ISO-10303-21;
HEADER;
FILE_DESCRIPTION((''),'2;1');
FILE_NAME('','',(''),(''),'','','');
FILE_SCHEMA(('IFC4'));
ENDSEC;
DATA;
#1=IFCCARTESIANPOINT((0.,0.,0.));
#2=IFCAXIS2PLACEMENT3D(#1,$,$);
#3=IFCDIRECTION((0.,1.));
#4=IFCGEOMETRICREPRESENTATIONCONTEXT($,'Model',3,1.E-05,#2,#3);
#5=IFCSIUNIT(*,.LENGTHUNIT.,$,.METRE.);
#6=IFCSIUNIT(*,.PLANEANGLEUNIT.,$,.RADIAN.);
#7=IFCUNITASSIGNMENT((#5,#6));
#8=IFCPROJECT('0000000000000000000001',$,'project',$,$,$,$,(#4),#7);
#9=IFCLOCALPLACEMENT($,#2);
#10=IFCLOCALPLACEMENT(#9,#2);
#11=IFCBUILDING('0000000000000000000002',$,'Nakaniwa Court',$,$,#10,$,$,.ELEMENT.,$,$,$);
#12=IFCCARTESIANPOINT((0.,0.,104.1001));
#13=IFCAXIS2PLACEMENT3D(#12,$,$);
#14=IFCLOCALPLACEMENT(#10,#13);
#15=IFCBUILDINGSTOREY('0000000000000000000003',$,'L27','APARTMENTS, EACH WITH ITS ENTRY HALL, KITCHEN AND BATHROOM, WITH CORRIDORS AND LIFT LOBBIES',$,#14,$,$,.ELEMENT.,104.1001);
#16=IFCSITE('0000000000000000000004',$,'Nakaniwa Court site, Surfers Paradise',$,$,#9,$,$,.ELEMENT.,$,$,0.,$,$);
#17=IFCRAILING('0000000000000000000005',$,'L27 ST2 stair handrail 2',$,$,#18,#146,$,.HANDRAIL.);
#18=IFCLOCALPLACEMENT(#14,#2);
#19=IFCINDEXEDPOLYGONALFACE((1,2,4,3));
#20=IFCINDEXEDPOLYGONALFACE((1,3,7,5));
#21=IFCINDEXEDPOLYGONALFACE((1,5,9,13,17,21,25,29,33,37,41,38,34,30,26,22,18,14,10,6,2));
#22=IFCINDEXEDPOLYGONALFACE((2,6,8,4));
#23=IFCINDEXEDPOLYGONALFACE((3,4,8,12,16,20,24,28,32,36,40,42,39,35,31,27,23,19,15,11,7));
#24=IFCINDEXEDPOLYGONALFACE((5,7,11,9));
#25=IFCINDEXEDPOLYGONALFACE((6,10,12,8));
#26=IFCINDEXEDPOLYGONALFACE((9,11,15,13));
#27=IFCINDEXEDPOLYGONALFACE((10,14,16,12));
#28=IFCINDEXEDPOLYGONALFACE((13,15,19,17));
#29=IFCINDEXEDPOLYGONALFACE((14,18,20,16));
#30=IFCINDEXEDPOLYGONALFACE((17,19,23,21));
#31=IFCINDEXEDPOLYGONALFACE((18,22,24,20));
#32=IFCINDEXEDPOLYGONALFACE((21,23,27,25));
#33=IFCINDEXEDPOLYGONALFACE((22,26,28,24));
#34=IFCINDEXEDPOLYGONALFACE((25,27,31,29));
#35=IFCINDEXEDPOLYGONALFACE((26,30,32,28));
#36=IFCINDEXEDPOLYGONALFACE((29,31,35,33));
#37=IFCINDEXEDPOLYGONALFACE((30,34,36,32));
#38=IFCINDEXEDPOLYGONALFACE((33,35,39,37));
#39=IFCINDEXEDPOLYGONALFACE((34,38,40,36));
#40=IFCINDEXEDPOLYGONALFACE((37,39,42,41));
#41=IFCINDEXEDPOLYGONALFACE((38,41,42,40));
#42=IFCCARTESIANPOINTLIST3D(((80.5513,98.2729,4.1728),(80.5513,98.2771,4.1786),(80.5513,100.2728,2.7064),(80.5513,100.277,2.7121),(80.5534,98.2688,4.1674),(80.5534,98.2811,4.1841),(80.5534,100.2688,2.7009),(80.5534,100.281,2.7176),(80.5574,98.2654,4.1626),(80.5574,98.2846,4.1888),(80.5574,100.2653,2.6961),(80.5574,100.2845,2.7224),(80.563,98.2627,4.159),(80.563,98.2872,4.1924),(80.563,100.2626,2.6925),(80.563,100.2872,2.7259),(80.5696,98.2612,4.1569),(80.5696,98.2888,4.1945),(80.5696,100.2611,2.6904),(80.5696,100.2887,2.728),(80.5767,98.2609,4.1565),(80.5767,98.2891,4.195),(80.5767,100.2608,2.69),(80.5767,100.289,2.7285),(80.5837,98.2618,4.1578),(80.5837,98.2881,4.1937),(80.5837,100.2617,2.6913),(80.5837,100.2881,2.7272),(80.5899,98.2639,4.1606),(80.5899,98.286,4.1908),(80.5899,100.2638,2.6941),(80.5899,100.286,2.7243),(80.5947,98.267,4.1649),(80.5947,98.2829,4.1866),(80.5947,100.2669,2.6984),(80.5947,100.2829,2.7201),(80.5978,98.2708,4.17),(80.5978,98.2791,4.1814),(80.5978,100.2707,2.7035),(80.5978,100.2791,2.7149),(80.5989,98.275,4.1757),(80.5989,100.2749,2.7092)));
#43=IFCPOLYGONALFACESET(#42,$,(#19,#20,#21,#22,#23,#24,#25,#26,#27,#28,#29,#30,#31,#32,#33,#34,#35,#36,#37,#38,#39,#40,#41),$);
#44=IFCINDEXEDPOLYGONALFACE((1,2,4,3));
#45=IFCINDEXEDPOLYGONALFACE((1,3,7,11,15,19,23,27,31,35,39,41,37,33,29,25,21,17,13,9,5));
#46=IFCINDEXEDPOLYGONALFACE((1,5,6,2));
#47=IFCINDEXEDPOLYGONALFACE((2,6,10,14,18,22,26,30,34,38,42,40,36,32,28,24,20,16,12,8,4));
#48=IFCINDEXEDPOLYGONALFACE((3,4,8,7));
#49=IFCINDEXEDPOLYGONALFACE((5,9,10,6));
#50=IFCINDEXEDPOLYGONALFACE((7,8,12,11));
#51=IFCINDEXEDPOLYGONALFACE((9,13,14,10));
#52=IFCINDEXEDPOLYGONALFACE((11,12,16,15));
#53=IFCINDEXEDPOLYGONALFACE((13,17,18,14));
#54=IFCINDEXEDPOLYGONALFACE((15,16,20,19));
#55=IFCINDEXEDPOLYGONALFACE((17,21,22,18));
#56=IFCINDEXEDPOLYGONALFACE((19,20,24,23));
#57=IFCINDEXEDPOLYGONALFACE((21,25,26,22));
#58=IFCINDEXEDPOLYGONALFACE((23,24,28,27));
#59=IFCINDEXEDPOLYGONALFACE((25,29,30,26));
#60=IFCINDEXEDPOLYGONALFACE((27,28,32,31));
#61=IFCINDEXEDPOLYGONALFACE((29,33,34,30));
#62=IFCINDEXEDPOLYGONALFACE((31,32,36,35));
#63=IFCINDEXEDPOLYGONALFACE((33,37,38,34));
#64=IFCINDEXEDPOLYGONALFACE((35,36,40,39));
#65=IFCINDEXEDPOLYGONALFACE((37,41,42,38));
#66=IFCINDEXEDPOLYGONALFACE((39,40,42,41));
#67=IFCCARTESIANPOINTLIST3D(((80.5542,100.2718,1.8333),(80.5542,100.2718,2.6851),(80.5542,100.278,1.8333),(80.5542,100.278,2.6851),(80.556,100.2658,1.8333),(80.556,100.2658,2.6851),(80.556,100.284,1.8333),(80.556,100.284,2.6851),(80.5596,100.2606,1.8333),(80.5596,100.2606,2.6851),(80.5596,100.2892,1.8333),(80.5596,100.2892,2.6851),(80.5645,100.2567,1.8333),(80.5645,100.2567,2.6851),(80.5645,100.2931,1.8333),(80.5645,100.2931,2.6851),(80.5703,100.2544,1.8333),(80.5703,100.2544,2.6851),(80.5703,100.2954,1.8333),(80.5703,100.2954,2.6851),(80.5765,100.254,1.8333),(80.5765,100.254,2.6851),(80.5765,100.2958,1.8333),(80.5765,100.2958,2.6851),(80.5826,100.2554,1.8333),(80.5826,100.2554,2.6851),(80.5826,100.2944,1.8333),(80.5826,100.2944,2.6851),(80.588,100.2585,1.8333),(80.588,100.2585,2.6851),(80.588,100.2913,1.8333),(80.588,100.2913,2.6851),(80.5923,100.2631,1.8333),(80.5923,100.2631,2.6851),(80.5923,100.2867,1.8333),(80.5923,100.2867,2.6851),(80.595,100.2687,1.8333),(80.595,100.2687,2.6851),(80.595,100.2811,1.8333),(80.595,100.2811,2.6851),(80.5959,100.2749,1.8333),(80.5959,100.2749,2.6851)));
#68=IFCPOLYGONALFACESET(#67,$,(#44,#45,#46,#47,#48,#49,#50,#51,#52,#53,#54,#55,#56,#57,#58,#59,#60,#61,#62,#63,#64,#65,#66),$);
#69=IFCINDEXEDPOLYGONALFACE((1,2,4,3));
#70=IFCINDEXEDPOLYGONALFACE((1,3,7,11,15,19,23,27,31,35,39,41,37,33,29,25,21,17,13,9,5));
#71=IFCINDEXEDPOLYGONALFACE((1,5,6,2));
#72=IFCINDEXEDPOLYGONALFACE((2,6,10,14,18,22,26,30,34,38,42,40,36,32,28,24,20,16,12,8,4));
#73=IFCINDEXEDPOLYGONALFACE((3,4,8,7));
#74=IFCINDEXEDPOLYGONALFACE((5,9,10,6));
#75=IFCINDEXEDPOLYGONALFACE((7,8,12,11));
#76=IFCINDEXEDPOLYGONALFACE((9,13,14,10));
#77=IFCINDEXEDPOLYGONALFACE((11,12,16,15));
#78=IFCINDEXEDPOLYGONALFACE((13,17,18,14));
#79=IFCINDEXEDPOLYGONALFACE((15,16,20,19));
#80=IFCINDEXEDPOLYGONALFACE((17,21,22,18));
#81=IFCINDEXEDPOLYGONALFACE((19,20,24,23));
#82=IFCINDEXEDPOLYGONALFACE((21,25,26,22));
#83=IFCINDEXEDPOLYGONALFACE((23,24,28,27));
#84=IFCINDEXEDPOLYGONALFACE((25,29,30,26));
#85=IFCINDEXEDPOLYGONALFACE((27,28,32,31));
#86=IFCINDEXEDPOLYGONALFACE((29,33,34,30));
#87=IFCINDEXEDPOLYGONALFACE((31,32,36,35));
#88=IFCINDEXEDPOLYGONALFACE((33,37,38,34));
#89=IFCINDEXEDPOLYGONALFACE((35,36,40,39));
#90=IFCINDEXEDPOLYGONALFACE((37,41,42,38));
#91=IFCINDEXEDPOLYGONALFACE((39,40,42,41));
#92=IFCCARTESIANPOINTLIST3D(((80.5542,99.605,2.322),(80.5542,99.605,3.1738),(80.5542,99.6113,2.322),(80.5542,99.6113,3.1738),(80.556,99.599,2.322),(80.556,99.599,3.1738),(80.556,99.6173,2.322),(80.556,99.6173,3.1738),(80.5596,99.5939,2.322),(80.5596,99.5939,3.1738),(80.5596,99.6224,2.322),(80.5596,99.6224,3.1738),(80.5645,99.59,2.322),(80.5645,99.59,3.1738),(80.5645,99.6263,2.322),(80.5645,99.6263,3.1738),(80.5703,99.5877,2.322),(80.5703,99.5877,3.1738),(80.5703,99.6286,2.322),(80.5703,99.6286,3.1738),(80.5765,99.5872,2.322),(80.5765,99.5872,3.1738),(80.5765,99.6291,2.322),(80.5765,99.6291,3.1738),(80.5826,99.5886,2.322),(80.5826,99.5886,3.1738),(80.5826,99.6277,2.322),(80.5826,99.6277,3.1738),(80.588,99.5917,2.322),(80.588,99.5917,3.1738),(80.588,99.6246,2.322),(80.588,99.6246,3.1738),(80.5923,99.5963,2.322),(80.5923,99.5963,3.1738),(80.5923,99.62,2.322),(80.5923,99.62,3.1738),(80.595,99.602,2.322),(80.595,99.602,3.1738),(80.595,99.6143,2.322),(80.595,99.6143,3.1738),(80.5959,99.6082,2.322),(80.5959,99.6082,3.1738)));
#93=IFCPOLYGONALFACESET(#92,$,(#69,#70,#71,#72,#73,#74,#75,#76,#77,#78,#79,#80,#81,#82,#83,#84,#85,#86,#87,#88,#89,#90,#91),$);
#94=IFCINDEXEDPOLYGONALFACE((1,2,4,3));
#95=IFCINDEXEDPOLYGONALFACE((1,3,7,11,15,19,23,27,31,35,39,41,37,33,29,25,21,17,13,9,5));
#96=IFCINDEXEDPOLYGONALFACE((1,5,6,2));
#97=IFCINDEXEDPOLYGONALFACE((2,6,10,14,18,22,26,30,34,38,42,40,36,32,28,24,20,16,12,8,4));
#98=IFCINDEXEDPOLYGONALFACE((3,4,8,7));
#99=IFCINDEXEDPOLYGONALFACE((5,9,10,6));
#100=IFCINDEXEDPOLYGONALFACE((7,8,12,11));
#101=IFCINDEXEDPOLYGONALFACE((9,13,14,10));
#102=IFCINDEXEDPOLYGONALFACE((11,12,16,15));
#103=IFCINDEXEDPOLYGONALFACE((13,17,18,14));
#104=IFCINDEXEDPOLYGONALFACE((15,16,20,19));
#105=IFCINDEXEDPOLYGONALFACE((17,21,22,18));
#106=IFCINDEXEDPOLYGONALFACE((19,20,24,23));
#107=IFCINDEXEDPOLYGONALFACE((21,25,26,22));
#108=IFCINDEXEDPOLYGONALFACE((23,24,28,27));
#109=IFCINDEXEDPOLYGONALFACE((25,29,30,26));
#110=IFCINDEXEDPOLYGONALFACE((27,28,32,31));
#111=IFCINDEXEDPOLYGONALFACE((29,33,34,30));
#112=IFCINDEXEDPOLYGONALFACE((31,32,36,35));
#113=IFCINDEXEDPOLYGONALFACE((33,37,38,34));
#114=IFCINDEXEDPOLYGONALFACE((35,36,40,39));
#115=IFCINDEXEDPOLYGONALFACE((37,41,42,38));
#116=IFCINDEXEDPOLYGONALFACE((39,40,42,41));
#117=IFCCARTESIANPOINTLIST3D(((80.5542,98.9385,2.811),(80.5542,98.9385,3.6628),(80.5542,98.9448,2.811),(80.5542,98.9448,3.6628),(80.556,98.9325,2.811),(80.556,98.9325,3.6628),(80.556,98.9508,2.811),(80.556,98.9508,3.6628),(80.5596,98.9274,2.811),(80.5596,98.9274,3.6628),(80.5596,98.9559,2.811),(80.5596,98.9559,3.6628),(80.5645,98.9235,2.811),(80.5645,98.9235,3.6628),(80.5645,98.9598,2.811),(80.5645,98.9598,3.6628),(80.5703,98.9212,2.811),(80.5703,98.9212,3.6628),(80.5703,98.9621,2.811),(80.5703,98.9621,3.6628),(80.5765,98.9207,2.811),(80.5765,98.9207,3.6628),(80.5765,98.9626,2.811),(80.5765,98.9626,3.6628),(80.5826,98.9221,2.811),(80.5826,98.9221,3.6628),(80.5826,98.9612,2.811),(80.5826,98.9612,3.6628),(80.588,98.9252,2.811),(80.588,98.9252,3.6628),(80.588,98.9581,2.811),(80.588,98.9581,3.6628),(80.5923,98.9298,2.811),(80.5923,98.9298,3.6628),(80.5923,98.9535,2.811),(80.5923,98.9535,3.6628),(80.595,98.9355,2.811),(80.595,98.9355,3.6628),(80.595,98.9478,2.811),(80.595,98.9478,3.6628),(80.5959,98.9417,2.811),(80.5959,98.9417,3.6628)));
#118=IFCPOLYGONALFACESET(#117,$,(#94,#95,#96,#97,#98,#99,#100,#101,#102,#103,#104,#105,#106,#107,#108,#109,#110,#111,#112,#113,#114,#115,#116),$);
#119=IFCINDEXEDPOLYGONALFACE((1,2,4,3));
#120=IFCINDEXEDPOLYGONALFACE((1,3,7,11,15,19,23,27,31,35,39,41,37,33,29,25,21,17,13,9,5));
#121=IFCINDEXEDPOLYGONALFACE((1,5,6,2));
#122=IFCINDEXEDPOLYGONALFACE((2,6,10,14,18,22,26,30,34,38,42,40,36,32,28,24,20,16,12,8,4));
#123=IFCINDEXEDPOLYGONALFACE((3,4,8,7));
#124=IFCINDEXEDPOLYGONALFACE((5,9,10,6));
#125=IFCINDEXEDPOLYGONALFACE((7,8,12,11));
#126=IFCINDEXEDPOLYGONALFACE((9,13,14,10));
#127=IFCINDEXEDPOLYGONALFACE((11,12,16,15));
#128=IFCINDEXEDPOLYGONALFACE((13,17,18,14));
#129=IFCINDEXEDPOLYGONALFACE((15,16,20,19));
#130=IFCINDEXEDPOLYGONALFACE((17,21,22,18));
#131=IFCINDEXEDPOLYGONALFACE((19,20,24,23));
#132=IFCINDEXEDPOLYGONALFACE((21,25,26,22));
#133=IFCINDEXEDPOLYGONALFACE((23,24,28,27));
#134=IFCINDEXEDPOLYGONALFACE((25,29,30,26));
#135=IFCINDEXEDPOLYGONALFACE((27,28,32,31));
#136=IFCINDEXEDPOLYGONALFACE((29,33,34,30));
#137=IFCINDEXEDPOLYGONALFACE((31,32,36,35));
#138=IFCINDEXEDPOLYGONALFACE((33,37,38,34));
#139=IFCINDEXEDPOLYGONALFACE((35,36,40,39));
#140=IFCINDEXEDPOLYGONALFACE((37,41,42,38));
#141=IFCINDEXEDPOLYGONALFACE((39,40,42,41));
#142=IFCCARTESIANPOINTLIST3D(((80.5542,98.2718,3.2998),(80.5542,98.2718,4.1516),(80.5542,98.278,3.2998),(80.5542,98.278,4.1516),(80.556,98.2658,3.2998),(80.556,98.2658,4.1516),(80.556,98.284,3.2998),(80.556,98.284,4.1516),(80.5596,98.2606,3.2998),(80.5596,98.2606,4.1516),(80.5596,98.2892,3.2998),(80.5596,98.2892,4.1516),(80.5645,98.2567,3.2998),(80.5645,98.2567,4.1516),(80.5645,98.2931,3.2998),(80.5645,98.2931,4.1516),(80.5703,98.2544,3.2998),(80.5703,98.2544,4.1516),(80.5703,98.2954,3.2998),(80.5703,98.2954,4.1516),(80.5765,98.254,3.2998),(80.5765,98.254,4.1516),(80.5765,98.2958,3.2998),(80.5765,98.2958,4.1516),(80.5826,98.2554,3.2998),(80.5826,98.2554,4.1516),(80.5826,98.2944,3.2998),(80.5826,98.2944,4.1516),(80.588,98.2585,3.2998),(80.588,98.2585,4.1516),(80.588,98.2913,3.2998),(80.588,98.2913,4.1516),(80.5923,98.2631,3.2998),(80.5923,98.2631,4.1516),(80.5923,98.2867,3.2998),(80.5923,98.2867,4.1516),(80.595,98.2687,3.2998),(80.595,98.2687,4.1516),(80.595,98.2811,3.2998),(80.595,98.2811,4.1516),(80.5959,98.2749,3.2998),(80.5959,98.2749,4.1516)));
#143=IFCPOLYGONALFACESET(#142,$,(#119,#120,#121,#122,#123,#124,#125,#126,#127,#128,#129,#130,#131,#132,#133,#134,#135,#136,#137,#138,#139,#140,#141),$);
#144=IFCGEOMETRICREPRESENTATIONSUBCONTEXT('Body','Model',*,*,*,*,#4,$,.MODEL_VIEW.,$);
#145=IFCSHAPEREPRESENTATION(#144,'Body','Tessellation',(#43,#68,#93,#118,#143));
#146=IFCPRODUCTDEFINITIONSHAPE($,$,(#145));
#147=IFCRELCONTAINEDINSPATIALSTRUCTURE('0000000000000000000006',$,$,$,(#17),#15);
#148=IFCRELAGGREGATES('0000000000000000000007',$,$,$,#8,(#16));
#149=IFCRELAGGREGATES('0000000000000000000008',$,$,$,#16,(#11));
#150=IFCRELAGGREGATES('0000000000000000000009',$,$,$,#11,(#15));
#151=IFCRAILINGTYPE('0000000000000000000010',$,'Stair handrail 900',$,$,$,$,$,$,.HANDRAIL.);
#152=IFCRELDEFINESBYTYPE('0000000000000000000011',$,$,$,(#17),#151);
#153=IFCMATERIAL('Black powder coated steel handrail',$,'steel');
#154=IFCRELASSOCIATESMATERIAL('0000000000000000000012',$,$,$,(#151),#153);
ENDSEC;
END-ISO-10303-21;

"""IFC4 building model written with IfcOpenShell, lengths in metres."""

from ifc_helpers import new_model, si_unit, direction, frame, origin, origin_2d, place, context, subcontext, project, spatial, circle, extrude, material, type_object, element, save


model = new_model("IFC4")

# Units and contexts
model_context = context("Model", 3, precision=1e-05, world=origin(), true_north=direction((0.0, 1.0)))
body_context = subcontext(model_context, "Body", "Model", "MODEL_VIEW")
ifc_project = project(units=[si_unit("LENGTHUNIT", "METRE"), si_unit("PLANEANGLEUNIT", "RADIAN")], contexts=[model_context])

# Site, building, storey
site_placement = place(None, origin())
site = spatial("IfcSite", under=ifc_project, at=site_placement, Name="Nakaniwa Court site, Surfers Paradise", CompositionType="ELEMENT", RefElevation=0.0)
building_placement = place(site_placement, origin())
building = spatial("IfcBuilding", under=site, at=building_placement, Name="Nakaniwa Court", CompositionType="ELEMENT")
storey_placement = place(building_placement, frame((0.0, 0.0, 104.1001)))
storey = spatial("IfcBuildingStorey", under=building, at=storey_placement, Name="L27", Description="APARTMENTS, EACH WITH ITS ENTRY HALL, KITCHEN AND BATHROOM, WITH CORRIDORS AND LIFT LOBBIES", CompositionType="ELEMENT", Elevation=104.1001)

# Railing
ifc_material_1 = material(Name="Black powder coated steel handrail", Category="steel")
railing_type_1 = type_object("IfcRailingType", Name="Stair handrail 900", PredefinedType="HANDRAIL", material=ifc_material_1)
railing_1_placement = place(storey_placement, frame((80.575, 100.2749, 1.8333)))
element("IfcRailing", 1, at=railing_1_placement, inside=storey, type_object=railing_type_1, Name="L27 ST2 stair handrail 2", PredefinedType="HANDRAIL", context=body_context, shape_type="SweptSolid", body=[
    extrude(circle(Radius=0.0239, at=origin_2d()), frame((0.0, 0.0, 0.876), z_axis=(0.0, -0.806427, 0.591334), x_axis=(1.0, 0.0, 0.0)), (0.0, 0.0, 1.0), 2.48),
    extrude(circle(Radius=0.021, at=origin_2d()), origin(), (0.0, 0.0, 1.0), 0.8518),
    extrude(circle(Radius=0.021, at=origin_2d()), frame((0.0, -0.6667, 0.4888)), (0.0, 0.0, 1.0), 0.8518),
    extrude(circle(Radius=0.021, at=origin_2d()), frame((0.0, -1.3333, 0.9778)), (0.0, 0.0, 1.0), 0.8518),
    extrude(circle(Radius=0.021, at=origin_2d()), frame((0.0, -2.0, 1.4666)), (0.0, 0.0, 1.0), 0.8518),
])

save(model, "model.ifc")
